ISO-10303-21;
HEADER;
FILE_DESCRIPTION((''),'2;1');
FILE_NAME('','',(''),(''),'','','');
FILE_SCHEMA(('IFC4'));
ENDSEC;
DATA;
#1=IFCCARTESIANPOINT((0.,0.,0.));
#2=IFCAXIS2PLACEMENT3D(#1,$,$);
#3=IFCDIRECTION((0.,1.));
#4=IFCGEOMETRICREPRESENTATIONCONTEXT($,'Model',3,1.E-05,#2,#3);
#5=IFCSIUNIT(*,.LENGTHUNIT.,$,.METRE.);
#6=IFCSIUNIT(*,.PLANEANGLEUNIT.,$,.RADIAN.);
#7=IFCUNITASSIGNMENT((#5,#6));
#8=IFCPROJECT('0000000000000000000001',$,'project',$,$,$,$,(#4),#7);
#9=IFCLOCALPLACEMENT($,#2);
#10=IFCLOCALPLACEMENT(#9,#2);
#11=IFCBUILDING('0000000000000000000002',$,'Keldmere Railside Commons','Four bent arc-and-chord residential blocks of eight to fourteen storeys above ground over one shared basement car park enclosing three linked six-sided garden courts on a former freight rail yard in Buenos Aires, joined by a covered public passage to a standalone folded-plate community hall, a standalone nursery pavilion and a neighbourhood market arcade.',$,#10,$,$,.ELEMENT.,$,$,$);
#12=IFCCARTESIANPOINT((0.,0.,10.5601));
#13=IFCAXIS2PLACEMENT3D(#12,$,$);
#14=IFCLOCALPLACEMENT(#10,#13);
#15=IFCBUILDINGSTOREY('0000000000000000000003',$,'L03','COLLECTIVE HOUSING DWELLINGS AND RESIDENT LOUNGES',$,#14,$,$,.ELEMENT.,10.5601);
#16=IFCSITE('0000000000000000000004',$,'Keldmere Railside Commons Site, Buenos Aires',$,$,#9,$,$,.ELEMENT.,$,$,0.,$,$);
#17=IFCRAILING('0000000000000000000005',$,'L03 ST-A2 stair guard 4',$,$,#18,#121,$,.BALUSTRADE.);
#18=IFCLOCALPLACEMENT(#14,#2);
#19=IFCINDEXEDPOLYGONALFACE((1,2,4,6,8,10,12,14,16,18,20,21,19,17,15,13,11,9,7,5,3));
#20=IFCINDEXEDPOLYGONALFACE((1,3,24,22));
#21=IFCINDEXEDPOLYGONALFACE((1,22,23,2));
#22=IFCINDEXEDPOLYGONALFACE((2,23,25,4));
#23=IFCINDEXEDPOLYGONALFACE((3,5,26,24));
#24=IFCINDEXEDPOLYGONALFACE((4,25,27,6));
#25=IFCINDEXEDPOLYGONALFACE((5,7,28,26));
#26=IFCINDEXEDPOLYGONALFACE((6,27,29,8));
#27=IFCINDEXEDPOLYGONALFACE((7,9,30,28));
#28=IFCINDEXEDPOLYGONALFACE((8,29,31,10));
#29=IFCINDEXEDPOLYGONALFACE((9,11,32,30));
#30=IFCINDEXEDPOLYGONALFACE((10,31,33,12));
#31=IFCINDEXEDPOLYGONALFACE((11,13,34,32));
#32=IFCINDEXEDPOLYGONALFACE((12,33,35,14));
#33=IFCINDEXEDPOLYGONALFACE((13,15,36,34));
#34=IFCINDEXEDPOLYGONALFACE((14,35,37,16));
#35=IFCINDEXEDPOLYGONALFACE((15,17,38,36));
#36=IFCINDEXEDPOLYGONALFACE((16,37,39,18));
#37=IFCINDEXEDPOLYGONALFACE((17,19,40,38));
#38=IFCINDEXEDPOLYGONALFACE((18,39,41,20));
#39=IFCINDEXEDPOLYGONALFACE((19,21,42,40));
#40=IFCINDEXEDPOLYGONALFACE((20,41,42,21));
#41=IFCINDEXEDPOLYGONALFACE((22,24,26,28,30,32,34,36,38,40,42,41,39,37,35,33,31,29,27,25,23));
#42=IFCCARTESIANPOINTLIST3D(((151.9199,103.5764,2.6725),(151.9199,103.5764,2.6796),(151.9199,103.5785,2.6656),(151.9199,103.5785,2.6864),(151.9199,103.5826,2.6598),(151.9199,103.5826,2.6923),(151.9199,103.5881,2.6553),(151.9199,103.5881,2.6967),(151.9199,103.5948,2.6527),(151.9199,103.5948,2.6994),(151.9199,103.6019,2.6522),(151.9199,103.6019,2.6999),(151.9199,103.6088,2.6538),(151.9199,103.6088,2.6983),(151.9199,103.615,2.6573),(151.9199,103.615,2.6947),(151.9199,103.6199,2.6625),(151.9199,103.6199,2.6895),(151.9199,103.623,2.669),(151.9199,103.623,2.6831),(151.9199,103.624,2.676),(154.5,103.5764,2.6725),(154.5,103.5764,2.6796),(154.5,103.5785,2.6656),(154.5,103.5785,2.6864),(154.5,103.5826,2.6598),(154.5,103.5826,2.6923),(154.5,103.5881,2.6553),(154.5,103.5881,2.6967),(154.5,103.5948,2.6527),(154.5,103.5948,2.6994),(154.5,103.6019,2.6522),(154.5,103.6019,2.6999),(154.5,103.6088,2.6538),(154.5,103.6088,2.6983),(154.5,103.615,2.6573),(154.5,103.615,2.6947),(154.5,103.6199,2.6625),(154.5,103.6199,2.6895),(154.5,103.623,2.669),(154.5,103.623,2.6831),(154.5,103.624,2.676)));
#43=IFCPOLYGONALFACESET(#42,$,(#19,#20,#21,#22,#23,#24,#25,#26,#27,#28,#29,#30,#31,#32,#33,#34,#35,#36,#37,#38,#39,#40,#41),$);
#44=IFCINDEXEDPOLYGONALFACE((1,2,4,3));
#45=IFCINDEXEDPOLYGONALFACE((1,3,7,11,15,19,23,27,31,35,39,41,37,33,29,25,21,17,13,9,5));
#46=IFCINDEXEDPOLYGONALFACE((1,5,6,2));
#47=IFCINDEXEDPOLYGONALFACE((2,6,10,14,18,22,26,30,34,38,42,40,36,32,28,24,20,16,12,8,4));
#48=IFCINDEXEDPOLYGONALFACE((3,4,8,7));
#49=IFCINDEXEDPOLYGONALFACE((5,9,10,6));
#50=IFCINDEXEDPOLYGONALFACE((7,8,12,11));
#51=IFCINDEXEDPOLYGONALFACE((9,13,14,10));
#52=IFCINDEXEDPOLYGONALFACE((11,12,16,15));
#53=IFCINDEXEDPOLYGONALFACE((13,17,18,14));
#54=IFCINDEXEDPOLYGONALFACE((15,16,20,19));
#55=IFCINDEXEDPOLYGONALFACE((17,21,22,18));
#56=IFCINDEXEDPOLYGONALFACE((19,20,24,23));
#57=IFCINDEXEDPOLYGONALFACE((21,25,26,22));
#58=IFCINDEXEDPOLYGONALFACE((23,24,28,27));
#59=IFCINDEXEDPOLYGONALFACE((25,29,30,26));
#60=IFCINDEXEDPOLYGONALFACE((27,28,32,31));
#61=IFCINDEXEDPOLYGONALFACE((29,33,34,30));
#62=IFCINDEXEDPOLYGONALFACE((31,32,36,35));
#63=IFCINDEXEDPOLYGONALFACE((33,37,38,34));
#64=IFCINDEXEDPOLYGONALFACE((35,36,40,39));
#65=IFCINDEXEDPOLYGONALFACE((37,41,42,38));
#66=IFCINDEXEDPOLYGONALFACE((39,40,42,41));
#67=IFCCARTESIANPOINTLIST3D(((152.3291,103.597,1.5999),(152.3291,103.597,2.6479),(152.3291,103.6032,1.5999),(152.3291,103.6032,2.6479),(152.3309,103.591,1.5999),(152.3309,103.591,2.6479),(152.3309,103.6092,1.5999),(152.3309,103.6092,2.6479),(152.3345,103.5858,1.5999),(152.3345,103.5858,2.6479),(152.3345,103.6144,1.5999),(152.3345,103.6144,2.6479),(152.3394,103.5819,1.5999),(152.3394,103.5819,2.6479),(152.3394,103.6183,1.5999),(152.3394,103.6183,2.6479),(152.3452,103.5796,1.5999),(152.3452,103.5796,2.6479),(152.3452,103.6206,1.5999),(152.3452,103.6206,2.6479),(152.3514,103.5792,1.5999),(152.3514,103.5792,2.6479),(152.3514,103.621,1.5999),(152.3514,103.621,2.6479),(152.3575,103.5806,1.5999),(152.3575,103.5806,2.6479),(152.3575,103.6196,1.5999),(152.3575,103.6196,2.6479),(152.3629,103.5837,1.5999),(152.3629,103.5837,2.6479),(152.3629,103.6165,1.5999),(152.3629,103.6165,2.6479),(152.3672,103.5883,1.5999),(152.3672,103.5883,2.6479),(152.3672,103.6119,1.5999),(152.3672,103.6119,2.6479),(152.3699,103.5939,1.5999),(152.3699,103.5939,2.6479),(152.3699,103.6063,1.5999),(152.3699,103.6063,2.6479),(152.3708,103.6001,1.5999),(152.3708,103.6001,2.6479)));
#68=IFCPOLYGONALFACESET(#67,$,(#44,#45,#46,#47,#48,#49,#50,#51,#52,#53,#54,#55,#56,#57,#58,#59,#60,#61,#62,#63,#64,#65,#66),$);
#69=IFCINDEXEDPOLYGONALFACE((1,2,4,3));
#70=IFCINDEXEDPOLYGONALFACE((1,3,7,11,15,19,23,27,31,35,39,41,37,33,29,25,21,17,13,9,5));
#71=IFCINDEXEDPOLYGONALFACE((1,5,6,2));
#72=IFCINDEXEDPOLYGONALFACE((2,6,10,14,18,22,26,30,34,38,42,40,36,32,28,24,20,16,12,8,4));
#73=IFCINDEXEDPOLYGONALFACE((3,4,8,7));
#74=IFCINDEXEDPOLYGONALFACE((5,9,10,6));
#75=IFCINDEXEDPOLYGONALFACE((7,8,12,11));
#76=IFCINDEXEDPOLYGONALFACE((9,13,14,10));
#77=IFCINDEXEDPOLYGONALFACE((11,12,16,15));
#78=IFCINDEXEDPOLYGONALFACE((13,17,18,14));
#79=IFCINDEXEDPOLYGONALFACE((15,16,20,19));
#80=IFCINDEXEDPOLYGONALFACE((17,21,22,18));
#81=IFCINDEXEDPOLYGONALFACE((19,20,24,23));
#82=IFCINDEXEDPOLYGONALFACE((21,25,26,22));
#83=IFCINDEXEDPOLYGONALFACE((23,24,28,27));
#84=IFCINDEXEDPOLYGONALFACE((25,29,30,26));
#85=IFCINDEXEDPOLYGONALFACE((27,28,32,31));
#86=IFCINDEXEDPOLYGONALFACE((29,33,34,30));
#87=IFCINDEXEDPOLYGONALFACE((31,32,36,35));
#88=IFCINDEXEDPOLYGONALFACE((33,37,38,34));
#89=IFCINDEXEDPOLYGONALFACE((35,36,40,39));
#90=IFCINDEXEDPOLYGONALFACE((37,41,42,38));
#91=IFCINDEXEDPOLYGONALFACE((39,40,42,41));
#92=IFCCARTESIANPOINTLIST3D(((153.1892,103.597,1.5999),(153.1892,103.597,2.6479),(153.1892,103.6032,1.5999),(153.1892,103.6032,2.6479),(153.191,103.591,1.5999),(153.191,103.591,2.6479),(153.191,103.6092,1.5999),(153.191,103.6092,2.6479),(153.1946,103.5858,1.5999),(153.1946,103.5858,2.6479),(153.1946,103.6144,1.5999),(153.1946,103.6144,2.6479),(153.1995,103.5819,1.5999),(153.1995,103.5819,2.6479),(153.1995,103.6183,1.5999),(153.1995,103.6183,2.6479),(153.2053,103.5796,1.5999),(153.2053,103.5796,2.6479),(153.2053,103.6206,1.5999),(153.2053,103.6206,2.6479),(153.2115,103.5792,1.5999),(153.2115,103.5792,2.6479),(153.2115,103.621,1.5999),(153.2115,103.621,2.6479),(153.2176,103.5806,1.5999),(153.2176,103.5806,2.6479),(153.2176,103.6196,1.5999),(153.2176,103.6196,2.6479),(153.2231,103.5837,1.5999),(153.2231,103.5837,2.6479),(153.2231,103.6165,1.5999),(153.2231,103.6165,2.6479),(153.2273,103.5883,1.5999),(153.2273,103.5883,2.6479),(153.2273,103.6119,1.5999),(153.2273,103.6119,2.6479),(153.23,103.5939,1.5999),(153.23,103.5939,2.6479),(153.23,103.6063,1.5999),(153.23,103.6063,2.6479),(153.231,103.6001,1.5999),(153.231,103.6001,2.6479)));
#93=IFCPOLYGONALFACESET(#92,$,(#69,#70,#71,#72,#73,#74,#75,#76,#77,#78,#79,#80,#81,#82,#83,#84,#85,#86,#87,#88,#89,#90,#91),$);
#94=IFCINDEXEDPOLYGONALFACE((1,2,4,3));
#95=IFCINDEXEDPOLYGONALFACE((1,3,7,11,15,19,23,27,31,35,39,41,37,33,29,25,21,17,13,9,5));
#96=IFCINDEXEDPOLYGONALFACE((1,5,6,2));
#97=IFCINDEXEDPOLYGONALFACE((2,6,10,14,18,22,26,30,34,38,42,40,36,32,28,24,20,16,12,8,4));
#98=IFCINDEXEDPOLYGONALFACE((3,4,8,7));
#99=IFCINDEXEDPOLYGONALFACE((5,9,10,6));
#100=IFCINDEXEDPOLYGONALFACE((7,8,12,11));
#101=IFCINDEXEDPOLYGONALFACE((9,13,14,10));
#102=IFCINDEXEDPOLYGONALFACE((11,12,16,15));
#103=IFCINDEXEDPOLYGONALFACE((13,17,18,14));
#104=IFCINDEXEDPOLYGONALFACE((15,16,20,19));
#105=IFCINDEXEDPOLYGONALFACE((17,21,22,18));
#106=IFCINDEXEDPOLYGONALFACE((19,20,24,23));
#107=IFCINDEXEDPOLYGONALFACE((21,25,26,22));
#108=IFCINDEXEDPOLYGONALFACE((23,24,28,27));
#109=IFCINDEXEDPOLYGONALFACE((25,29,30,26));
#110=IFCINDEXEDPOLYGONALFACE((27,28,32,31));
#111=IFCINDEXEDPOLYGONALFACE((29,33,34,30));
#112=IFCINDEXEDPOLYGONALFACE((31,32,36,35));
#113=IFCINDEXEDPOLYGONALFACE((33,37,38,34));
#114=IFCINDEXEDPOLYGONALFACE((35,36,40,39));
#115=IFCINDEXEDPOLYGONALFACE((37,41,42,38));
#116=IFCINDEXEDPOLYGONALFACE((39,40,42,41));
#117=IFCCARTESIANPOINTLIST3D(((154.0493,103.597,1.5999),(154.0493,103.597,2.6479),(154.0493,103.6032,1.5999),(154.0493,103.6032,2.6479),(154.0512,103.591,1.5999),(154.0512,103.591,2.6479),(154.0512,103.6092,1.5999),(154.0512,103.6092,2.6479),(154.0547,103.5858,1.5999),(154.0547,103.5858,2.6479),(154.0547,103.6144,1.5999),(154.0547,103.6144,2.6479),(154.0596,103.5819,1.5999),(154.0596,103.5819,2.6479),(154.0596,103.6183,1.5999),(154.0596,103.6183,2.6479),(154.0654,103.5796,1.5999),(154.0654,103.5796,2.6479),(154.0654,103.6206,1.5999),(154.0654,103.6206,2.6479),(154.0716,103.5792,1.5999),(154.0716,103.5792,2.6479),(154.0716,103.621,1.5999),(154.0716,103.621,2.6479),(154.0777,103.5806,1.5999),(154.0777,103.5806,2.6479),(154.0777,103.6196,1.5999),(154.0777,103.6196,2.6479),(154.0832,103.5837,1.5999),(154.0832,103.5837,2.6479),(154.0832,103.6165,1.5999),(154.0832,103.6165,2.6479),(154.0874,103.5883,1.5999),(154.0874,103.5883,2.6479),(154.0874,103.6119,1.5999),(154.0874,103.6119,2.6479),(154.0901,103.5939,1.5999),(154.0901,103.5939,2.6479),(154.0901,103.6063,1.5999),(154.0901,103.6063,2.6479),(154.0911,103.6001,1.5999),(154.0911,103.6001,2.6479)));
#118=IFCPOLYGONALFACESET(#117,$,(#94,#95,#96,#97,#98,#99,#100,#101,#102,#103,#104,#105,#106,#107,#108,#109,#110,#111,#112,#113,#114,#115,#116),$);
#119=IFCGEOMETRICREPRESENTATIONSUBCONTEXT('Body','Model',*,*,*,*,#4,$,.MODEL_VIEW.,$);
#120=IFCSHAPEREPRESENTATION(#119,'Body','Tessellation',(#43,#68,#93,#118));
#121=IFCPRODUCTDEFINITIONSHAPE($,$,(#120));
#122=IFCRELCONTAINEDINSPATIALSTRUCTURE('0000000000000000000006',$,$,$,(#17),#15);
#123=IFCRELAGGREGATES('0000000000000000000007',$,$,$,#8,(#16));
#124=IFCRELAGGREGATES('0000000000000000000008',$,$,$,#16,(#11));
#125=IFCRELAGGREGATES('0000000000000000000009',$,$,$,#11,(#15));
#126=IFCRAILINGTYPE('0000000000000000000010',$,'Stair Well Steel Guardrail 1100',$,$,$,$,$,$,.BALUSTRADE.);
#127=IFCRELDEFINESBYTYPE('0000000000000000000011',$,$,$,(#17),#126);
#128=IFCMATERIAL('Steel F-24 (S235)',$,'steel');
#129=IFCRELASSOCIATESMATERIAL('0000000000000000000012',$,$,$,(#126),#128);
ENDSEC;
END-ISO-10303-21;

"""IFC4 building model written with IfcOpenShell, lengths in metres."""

from ifc_helpers import new_model, si_unit, direction, frame, origin, origin_2d, place, context, subcontext, project, spatial, circle, extrude, material, type_object, element, save


model = new_model("IFC4")

# Units and contexts
model_context = context("Model", 3, precision=1e-05, world=origin(), true_north=direction((0.0, 1.0)))
body_context = subcontext(model_context, "Body", "Model", "MODEL_VIEW")
ifc_project = project(units=[si_unit("LENGTHUNIT", "METRE"), si_unit("PLANEANGLEUNIT", "RADIAN")], contexts=[model_context])

# Site, building, storey
site_placement = place(None, origin())
site = spatial("IfcSite", under=ifc_project, at=site_placement, Name="Keldmere Railside Commons Site, Buenos Aires", CompositionType="ELEMENT", RefElevation=0.0)
building_placement = place(site_placement, origin())
building = spatial("IfcBuilding", under=site, at=building_placement, Name="Keldmere Railside Commons", Description="Four bent arc-and-chord residential blocks of eight to fourteen storeys above ground over one shared basement car park enclosing three linked six-sided garden courts on a former freight rail yard in Buenos Aires, joined by a covered public passage to a standalone folded-plate community hall, a standalone nursery pavilion and a neighbourhood market arcade.", CompositionType="ELEMENT")
storey_placement = place(building_placement, frame((0.0, 0.0, 10.5601)))
storey = spatial("IfcBuildingStorey", under=building, at=storey_placement, Name="L03", Description="COLLECTIVE HOUSING DWELLINGS AND RESIDENT LOUNGES", CompositionType="ELEMENT", Elevation=10.5601)

# Shared definitions
ifc_material_1 = material(Name="Steel F-24 (S235)", Category="steel")

# Railing
railing_type_1 = type_object("IfcRailingType", Name="Stair Well Steel Guardrail 1100", PredefinedType="BALUSTRADE", material=ifc_material_1)
railing_1_placement = place(storey_placement, frame((151.9199, 103.6001, 1.5999)))
element("IfcRailing", 1, at=railing_1_placement, inside=storey, type_object=railing_type_1, Name="L03 ST-A2 stair guard 4", PredefinedType="BALUSTRADE", context=body_context, shape_type="SweptSolid", body=[
    extrude(circle(Radius=0.0239, at=origin_2d()), frame((0.0, 0.0, 1.0762), z_axis=(1.0, 0.0, 0.0), x_axis=(0.0, 1.0, 0.0)), (0.0, 0.0, 1.0), 2.5801),
    extrude(circle(Radius=0.021, at=origin_2d()), frame((0.4299, 0.0, 0.0)), (0.0, 0.0, 1.0), 1.0481),
    extrude(circle(Radius=0.021, at=origin_2d()), frame((1.29, 0.0, 0.0)), (0.0, 0.0, 1.0), 1.0481),
    extrude(circle(Radius=0.021, at=origin_2d()), frame((2.1501, 0.0, 0.0)), (0.0, 0.0, 1.0), 1.0481),
])

save(model, "model.ifc")
